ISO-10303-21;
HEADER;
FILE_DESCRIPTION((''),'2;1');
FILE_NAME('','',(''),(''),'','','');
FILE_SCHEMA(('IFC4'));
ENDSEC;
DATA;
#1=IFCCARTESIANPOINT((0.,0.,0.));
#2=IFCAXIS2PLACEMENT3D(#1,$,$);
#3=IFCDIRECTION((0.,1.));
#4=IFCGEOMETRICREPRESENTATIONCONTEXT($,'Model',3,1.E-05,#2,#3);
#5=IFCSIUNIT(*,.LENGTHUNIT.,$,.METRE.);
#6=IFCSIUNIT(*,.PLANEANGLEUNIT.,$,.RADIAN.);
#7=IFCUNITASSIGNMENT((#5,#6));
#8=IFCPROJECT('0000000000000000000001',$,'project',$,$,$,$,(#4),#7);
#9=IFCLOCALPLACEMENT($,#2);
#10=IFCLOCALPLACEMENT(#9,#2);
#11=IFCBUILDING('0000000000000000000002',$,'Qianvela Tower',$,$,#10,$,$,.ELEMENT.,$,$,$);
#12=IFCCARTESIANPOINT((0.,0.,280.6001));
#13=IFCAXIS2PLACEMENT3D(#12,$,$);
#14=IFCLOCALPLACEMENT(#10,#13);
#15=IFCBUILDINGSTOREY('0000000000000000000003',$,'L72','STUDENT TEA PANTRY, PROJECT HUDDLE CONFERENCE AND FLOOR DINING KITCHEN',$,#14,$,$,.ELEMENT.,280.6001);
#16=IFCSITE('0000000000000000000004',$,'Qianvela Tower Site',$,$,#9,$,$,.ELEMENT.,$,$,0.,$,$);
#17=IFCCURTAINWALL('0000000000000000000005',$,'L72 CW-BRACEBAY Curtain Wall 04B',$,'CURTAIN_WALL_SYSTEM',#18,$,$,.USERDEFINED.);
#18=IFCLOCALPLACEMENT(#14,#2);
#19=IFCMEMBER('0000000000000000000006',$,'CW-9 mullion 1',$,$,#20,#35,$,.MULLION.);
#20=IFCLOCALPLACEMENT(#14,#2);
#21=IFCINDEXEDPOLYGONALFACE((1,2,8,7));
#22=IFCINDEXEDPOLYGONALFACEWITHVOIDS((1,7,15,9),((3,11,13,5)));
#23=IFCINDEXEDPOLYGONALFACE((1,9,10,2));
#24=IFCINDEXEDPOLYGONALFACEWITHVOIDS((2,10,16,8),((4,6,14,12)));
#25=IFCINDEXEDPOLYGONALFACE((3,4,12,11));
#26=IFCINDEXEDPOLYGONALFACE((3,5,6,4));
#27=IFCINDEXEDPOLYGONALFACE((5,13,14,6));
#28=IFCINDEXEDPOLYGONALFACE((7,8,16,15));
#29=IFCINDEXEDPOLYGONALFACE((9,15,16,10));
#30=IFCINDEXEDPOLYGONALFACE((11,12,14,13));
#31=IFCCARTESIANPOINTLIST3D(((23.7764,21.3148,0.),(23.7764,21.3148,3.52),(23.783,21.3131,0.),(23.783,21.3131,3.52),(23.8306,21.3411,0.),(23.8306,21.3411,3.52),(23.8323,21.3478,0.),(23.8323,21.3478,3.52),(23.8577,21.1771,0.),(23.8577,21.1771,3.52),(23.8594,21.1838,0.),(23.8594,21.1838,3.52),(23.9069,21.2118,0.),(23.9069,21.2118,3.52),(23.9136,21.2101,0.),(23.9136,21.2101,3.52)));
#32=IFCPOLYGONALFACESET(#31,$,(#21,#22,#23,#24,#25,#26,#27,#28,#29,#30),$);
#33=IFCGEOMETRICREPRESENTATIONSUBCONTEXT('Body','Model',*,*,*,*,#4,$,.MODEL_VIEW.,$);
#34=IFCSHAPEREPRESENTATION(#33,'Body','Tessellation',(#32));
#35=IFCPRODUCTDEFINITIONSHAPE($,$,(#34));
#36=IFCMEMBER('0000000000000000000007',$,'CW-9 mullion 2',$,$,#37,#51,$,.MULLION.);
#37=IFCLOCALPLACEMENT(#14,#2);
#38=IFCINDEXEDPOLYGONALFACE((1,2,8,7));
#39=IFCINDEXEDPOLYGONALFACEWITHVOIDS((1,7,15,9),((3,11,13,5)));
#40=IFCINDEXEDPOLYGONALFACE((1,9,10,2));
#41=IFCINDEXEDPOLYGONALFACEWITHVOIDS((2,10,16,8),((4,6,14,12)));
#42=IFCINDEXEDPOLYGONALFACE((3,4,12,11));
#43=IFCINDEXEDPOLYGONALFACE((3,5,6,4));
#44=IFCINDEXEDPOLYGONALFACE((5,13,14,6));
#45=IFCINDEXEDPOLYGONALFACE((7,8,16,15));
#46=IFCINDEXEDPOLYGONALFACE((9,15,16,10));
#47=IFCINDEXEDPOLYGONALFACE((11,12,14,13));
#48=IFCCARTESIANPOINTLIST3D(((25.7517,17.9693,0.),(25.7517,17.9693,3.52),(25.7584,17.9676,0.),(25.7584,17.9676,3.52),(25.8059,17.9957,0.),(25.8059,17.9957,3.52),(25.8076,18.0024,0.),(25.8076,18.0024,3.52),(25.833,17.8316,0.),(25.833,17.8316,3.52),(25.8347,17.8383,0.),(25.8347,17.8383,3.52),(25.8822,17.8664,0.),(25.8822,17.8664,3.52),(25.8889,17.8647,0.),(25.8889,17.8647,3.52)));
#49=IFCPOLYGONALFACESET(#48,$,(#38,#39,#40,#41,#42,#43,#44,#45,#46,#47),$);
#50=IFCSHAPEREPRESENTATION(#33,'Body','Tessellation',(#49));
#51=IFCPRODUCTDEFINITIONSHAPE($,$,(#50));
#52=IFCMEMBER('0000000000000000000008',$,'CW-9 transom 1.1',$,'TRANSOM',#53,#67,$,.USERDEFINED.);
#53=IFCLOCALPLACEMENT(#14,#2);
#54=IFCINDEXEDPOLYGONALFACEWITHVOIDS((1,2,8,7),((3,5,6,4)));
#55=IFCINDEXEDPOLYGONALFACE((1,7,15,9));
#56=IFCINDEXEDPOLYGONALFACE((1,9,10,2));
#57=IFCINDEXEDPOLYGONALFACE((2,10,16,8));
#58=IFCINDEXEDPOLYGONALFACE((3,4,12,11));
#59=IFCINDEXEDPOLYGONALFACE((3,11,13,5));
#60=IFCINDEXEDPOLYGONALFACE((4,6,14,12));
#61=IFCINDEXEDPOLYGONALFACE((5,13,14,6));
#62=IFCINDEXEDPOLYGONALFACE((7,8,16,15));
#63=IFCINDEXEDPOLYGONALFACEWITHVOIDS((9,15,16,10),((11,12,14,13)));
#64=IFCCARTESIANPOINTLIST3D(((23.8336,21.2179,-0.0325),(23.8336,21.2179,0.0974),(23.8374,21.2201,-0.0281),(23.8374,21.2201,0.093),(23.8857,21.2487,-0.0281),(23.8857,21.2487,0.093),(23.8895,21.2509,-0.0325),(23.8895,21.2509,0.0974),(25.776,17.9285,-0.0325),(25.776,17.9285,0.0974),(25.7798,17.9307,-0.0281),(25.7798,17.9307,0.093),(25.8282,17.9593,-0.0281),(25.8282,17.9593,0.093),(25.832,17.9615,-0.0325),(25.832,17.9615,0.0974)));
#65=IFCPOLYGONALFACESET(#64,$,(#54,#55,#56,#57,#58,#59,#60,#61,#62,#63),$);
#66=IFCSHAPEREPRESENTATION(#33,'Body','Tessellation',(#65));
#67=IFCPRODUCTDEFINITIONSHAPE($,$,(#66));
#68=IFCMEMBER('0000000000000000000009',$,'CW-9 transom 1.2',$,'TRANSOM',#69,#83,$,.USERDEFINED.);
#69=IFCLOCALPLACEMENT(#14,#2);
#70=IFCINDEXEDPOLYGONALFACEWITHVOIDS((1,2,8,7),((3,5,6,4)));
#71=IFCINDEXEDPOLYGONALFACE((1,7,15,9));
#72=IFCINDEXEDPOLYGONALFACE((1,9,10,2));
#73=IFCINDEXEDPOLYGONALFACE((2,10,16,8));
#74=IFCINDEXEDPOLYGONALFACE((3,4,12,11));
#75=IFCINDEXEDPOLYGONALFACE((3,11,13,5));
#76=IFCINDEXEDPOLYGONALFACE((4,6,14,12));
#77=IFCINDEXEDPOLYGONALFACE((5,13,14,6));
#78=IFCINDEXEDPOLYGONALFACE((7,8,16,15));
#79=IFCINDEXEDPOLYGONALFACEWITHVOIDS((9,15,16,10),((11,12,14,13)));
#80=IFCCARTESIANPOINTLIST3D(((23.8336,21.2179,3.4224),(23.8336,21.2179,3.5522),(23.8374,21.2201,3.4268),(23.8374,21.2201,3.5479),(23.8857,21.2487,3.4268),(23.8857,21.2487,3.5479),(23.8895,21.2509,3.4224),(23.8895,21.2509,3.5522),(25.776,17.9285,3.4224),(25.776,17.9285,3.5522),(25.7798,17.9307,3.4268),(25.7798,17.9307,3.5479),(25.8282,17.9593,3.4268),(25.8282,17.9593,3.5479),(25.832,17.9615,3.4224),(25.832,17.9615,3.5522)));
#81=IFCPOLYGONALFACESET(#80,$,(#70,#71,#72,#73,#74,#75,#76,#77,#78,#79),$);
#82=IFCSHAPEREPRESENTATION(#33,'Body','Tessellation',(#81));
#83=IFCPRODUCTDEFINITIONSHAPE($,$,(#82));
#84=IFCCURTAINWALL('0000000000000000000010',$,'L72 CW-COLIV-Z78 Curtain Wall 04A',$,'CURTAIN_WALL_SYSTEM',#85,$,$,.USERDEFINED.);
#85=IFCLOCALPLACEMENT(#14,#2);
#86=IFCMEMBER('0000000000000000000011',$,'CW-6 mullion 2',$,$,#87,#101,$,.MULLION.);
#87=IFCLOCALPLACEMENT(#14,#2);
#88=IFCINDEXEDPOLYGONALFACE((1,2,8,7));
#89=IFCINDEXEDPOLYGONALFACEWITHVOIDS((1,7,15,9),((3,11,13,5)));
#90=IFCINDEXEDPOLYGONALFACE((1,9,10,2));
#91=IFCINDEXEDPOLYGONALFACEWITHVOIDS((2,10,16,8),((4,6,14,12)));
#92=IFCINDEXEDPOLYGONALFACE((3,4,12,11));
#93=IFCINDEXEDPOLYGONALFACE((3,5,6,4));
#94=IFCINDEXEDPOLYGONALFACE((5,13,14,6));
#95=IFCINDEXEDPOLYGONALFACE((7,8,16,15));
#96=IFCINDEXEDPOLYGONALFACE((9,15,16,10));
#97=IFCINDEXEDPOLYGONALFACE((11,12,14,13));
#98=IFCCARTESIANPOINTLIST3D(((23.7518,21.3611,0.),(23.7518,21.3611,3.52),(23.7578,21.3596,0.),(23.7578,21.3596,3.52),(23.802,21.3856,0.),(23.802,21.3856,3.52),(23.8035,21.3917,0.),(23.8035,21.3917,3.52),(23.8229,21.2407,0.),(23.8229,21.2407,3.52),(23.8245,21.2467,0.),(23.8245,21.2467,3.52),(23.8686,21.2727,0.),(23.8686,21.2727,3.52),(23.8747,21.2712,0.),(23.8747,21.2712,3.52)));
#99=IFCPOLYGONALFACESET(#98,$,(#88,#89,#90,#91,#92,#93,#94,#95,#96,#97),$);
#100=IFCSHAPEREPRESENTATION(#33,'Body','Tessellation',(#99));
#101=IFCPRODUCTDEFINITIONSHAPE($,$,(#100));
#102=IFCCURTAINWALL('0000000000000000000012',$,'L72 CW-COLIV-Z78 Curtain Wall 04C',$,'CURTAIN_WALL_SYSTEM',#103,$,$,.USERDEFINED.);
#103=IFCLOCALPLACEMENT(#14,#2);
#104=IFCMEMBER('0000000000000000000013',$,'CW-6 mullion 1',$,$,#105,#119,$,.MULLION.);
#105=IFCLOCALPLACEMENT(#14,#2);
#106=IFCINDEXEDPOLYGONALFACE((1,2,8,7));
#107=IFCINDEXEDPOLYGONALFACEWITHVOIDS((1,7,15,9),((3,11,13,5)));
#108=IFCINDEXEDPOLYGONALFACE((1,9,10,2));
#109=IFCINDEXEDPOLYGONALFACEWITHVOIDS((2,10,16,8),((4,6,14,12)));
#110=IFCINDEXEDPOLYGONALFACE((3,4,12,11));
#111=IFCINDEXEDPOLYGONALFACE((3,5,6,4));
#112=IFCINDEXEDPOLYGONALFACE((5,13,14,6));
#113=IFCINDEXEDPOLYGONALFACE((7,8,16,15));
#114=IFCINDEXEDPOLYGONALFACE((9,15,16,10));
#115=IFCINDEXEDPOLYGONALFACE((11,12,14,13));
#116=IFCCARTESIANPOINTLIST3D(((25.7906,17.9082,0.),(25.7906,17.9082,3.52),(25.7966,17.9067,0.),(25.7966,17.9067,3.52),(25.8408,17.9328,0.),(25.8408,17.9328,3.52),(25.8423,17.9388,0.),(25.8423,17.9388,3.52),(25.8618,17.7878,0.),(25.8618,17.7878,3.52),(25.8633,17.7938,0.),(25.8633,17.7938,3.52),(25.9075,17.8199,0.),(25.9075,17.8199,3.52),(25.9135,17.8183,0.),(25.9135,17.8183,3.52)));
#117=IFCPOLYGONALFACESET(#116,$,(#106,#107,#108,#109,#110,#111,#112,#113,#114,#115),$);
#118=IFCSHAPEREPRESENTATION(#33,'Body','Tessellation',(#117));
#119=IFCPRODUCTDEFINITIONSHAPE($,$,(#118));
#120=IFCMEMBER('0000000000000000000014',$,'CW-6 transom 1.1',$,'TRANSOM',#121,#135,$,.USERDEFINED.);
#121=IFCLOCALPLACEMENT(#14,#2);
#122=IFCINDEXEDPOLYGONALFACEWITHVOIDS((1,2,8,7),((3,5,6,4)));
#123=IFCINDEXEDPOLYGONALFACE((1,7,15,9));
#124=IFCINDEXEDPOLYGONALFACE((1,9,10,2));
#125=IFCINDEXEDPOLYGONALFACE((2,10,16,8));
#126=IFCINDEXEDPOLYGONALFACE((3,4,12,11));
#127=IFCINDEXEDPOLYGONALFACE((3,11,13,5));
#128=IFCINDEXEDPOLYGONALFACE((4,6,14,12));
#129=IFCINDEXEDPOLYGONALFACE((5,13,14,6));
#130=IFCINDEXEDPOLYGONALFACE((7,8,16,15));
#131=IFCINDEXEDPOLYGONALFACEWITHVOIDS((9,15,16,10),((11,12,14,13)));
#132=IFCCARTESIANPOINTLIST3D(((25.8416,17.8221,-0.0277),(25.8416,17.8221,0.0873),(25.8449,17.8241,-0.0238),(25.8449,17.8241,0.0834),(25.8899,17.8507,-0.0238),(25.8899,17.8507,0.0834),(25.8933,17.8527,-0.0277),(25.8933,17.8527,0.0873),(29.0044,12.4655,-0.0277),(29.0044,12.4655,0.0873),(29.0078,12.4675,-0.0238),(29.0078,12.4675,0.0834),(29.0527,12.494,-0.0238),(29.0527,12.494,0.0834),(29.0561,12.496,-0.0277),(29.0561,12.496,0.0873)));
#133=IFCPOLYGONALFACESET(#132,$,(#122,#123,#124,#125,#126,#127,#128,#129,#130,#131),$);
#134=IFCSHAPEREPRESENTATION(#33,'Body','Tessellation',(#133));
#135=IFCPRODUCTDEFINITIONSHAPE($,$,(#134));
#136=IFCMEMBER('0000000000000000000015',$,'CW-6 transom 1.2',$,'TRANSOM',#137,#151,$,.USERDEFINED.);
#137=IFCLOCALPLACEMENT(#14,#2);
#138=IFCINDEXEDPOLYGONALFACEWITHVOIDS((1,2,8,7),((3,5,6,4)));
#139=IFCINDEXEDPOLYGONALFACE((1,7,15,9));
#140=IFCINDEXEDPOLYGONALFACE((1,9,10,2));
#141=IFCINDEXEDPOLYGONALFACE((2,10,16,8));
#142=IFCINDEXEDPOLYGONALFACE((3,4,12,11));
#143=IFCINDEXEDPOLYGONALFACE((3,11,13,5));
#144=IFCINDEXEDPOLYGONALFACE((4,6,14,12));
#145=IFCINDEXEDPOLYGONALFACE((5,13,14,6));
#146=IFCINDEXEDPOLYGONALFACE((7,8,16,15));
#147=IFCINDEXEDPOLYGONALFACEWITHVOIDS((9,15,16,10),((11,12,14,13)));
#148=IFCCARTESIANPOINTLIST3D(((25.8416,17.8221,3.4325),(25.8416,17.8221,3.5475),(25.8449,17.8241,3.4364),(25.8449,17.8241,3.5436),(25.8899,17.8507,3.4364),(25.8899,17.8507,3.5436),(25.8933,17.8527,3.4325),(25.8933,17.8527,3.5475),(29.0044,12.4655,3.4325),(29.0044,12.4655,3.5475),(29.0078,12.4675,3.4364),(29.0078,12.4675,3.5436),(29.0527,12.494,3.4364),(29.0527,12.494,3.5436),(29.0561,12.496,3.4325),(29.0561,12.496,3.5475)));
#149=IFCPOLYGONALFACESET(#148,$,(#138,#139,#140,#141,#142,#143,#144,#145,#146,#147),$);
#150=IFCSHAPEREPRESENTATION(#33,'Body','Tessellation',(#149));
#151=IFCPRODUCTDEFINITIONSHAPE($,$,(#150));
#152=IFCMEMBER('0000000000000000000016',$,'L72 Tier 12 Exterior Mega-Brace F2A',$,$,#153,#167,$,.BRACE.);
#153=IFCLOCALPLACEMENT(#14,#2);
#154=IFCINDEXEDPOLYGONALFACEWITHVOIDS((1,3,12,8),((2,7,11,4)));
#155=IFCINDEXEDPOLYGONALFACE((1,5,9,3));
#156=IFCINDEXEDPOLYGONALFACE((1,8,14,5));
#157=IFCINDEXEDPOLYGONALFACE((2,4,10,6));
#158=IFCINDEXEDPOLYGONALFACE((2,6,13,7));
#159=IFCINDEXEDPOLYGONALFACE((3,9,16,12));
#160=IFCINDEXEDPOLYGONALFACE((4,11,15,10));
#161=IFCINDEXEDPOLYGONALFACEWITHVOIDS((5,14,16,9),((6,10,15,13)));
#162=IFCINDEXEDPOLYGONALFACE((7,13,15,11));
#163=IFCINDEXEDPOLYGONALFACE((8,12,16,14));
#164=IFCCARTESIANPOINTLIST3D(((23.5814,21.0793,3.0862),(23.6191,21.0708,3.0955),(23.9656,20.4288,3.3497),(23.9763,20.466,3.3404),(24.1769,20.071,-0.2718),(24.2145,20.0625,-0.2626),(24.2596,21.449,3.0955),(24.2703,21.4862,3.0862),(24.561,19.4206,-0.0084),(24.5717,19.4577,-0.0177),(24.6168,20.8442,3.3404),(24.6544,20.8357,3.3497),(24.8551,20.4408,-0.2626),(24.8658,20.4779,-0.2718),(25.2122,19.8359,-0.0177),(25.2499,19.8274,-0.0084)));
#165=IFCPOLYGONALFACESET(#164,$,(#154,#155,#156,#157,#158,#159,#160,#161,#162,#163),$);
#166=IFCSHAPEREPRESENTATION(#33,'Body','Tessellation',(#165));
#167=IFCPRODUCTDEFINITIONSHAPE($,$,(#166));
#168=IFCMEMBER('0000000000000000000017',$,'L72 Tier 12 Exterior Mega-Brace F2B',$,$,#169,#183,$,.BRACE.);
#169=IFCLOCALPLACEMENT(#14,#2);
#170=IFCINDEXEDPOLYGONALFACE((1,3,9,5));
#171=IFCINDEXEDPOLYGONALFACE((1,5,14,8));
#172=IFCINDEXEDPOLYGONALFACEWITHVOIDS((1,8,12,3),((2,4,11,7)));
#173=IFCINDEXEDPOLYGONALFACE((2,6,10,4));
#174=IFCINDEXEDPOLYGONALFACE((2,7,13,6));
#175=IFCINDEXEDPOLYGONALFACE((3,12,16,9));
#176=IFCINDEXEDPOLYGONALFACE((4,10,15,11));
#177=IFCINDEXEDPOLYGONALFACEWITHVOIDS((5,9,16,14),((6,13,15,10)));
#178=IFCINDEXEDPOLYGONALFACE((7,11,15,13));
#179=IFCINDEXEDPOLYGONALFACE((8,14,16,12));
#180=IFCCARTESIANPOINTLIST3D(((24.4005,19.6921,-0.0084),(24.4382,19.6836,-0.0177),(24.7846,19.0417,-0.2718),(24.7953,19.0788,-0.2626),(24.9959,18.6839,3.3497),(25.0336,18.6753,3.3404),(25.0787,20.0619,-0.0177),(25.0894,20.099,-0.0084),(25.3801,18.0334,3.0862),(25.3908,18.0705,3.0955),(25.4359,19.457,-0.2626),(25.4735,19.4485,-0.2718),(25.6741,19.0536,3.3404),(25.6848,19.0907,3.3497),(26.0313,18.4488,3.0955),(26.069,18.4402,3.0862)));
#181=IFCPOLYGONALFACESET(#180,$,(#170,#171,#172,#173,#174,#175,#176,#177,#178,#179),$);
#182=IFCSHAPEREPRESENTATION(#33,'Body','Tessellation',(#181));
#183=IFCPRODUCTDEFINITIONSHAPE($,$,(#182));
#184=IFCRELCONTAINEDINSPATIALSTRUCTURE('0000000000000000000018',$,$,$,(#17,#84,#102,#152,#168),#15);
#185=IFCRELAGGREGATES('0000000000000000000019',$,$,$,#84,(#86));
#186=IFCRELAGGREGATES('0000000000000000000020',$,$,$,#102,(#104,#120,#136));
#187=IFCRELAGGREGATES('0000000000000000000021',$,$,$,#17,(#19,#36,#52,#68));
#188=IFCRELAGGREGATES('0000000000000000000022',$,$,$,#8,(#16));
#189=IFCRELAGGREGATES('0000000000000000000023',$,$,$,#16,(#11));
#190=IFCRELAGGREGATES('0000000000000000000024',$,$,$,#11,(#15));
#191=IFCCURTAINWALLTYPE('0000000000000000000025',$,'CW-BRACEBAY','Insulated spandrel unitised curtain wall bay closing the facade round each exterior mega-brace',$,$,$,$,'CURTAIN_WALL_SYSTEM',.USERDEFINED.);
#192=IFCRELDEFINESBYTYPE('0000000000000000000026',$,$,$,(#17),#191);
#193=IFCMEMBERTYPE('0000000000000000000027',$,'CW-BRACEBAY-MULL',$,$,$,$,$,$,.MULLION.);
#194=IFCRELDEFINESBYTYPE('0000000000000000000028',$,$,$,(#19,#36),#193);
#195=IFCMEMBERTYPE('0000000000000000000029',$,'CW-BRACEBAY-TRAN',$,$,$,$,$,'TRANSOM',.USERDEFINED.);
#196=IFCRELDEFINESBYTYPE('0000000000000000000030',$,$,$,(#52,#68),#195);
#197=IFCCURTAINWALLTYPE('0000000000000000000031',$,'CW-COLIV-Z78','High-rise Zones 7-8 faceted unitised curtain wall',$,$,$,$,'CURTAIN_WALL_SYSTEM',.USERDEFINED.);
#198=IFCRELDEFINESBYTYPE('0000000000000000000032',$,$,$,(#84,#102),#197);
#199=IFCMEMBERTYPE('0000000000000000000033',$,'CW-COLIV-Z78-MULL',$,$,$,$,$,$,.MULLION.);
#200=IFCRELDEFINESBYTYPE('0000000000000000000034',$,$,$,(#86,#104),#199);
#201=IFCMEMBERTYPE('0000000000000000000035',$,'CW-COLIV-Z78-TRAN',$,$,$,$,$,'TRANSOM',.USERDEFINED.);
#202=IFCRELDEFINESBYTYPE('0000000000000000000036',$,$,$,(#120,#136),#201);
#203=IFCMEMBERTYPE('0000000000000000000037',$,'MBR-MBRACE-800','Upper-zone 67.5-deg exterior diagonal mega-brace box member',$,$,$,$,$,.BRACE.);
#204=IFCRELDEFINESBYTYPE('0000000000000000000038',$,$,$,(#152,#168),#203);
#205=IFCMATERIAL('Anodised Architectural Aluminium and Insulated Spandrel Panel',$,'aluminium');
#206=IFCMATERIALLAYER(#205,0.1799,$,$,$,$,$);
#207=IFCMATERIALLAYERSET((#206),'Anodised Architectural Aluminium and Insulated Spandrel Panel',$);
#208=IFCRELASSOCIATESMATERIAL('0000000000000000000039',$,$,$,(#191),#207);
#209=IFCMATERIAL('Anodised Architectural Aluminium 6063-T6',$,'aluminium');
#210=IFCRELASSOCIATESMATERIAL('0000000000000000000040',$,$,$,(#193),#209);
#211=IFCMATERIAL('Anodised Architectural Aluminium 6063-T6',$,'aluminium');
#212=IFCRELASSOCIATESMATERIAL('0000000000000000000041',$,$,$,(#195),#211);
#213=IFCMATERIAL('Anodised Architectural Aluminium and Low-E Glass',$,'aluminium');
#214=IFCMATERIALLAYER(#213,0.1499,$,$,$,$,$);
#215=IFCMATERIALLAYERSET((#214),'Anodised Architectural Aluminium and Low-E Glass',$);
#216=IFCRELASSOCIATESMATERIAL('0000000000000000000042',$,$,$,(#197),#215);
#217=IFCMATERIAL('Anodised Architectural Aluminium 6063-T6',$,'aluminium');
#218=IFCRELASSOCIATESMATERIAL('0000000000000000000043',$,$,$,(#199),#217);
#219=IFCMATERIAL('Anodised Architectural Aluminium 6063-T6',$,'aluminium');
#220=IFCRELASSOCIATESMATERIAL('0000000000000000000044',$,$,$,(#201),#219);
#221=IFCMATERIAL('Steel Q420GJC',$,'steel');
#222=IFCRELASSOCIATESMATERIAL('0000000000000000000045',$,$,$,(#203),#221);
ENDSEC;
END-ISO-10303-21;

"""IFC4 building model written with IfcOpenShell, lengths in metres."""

from ifc_helpers import new_model, si_unit, direction, frame, origin, origin_2d, place, context, subcontext, project, spatial, hollow_rectangle, extrude, material, layer, layer_set, material_profile, profile_set, type_object, element, aggregate, save


model = new_model("IFC4")

# Units and contexts
model_context = context("Model", 3, precision=1e-05, world=origin(), true_north=direction((0.0, 1.0)))
body_context = subcontext(model_context, "Body", "Model", "MODEL_VIEW")
ifc_project = project(units=[si_unit("LENGTHUNIT", "METRE"), si_unit("PLANEANGLEUNIT", "RADIAN")], contexts=[model_context])

# Site, building, storey
site_placement = place(None, origin())
site = spatial("IfcSite", under=ifc_project, at=site_placement, Name="Qianvela Tower Site", CompositionType="ELEMENT", RefElevation=0.0)
building_placement = place(site_placement, origin())
building = spatial("IfcBuilding", under=site, at=building_placement, Name="Qianvela Tower", CompositionType="ELEMENT")
storey_placement = place(building_placement, frame((0.0, 0.0, 280.6001)))
storey = spatial("IfcBuildingStorey", under=building, at=storey_placement, Name="L72", Description="STUDENT TEA PANTRY, PROJECT HUDDLE CONFERENCE AND FLOOR DINING KITCHEN", CompositionType="ELEMENT", Elevation=280.6001)

# Curtain wall, members
ifc_material_1 = material(Name="Anodised Architectural Aluminium and Insulated Spandrel Panel", Category="aluminium")
ifc_layer_1 = layer(ifc_material_1, 0.1799)
ifc_layer_set_1 = layer_set([ifc_layer_1], Name="Anodised Architectural Aluminium and Insulated Spandrel Panel")
curtain_wall_type_1 = type_object("IfcCurtainWallType", Name="CW-BRACEBAY", Description="Insulated spandrel unitised curtain wall bay closing the facade round each exterior mega-brace", ElementType="CURTAIN_WALL_SYSTEM", PredefinedType="USERDEFINED", material=ifc_layer_set_1)
curtain_wall_1_placement = place(storey_placement, origin())
curtain_wall_1 = element("IfcCurtainWall", 1, at=curtain_wall_1_placement, inside=storey, type_object=curtain_wall_type_1, Name="L72 CW-BRACEBAY Curtain Wall 04B", ObjectType="CURTAIN_WALL_SYSTEM", PredefinedType="USERDEFINED")
ifc_material_2 = material(Name="Anodised Architectural Aluminium 6063-T6", Category="aluminium")
ifc_material_profile_1 = material_profile(ifc_material_2, hollow_rectangle(XDim=0.0649, YDim=0.1599, WallThickness=0.0049, at=origin_2d()), Name="ALU-MULL-65x160")
ifc_profile_set_1 = profile_set([ifc_material_profile_1], Name="Anodised Architectural Aluminium 6063-T6")
member_type_1 = type_object("IfcMemberType", Name="CW-BRACEBAY-MULL", PredefinedType="MULLION", material=ifc_profile_set_1)
member_1_placement = place(storey_placement, frame((23.845, 21.2625, 0.0), z_axis=(0.0, 0.0, 1.0), x_axis=(0.861088, 0.508455, 0.0)))
member_1 = element("IfcMember", 2, at=member_1_placement, type_object=member_type_1, Name="CW-9 mullion 1", PredefinedType="MULLION", context=body_context, shape_type="SweptSolid", body=[
    extrude(hollow_rectangle(XDim=0.0649, YDim=0.1599, WallThickness=0.0049, at=origin_2d()), origin(), (0.0, 0.0, 1.0), 3.52),
])
member_2_placement = place(storey_placement, frame((25.8203, 17.917, 0.0), z_axis=(0.0, 0.0, 1.0), x_axis=(0.861088, 0.508455, 0.0)))
member_2 = element("IfcMember", 3, at=member_2_placement, type_object=member_type_1, Name="CW-9 mullion 2", PredefinedType="MULLION", context=body_context, shape_type="SweptSolid", body=[
    extrude(hollow_rectangle(XDim=0.0649, YDim=0.1599, WallThickness=0.0049, at=origin_2d()), origin(), (0.0, 0.0, 1.0), 3.52),
])
ifc_material_3 = material(Name="Anodised Architectural Aluminium 6063-T6", Category="aluminium")
ifc_material_profile_2 = material_profile(ifc_material_3, hollow_rectangle(XDim=0.0649, YDim=0.1299, WallThickness=0.0044, at=origin_2d()), Name="ALU-TRAN-65x130")
ifc_profile_set_2 = profile_set([ifc_material_profile_2], Name="Anodised Architectural Aluminium 6063-T6")
member_type_2 = type_object("IfcMemberType", Name="CW-BRACEBAY-TRAN", ElementType="TRANSOM", PredefinedType="USERDEFINED", material=ifc_profile_set_2)
member_3_placement = place(storey_placement, frame((23.8616, 21.2344, 0.0325), z_axis=(0.508477, -0.861075, 0.0), x_axis=(0.861075, 0.508477, 0.0)))
member_3 = element("IfcMember", 4, at=member_3_placement, type_object=member_type_2, Name="CW-9 transom 1.1", ObjectType="TRANSOM", PredefinedType="USERDEFINED", context=body_context, shape_type="SweptSolid", body=[
    extrude(hollow_rectangle(XDim=0.0649, YDim=0.1299, WallThickness=0.0044, at=origin_2d()), origin(), (0.0, 0.0, 1.0), 3.8201),
])
member_4_placement = place(storey_placement, frame((23.8616, 21.2344, 3.4873), z_axis=(0.508477, -0.861075, 0.0), x_axis=(0.861075, 0.508477, 0.0)))
member_4 = element("IfcMember", 5, at=member_4_placement, type_object=member_type_2, Name="CW-9 transom 1.2", ObjectType="TRANSOM", PredefinedType="USERDEFINED", context=body_context, shape_type="SweptSolid", body=[
    extrude(hollow_rectangle(XDim=0.0649, YDim=0.1299, WallThickness=0.0044, at=origin_2d()), origin(), (0.0, 0.0, 1.0), 3.8201),
])

# Curtain wall, member
ifc_material_4 = material(Name="Anodised Architectural Aluminium and Low-E Glass", Category="aluminium")
ifc_layer_2 = layer(ifc_material_4, 0.1499)
ifc_layer_set_2 = layer_set([ifc_layer_2], Name="Anodised Architectural Aluminium and Low-E Glass")
curtain_wall_type_2 = type_object("IfcCurtainWallType", Name="CW-COLIV-Z78", Description="High-rise Zones 7-8 faceted unitised curtain wall", ElementType="CURTAIN_WALL_SYSTEM", PredefinedType="USERDEFINED", material=ifc_layer_set_2)
curtain_wall_2_placement = place(storey_placement, origin())
curtain_wall_2 = element("IfcCurtainWall", 6, at=curtain_wall_2_placement, inside=storey, type_object=curtain_wall_type_2, Name="L72 CW-COLIV-Z78 Curtain Wall 04A", ObjectType="CURTAIN_WALL_SYSTEM", PredefinedType="USERDEFINED")
ifc_material_5 = material(Name="Anodised Architectural Aluminium 6063-T6", Category="aluminium")
ifc_material_profile_3 = material_profile(ifc_material_5, hollow_rectangle(XDim=0.0601, YDim=0.1399, WallThickness=0.0044, at=origin_2d()), Name="ALU-MULL-60x140")
ifc_profile_set_3 = profile_set([ifc_material_profile_3], Name="Anodised Architectural Aluminium 6063-T6")
member_type_3 = type_object("IfcMemberType", Name="CW-COLIV-Z78-MULL", PredefinedType="MULLION", material=ifc_profile_set_3)
member_5_placement = place(storey_placement, frame((23.8132, 21.3162, 0.0), z_axis=(0.0, 0.0, 1.0), x_axis=(0.861096, 0.508442, 0.0)))
member_5 = element("IfcMember", 7, at=member_5_placement, type_object=member_type_3, Name="CW-6 mullion 2", PredefinedType="MULLION", context=body_context, shape_type="SweptSolid", body=[
    extrude(hollow_rectangle(XDim=0.0601, YDim=0.1399, WallThickness=0.0044, at=origin_2d()), origin(), (0.0, 0.0, 1.0), 3.52),
])
aggregate(curtain_wall_2, [member_5])

# Curtain wall, members
curtain_wall_3_placement = place(storey_placement, origin())
curtain_wall_3 = element("IfcCurtainWall", 8, at=curtain_wall_3_placement, inside=storey, type_object=curtain_wall_type_2, Name="L72 CW-COLIV-Z78 Curtain Wall 04C", ObjectType="CURTAIN_WALL_SYSTEM", PredefinedType="USERDEFINED")
member_6_placement = place(storey_placement, frame((25.8521, 17.8633, 0.0), z_axis=(0.0, 0.0, 1.0), x_axis=(0.861097, 0.50844, 0.0)))
member_6 = element("IfcMember", 9, at=member_6_placement, type_object=member_type_3, Name="CW-6 mullion 1", PredefinedType="MULLION", context=body_context, shape_type="SweptSolid", body=[
    extrude(hollow_rectangle(XDim=0.0601, YDim=0.1399, WallThickness=0.0044, at=origin_2d()), origin(), (0.0, 0.0, 1.0), 3.52),
])
ifc_material_6 = material(Name="Anodised Architectural Aluminium 6063-T6", Category="aluminium")
ifc_material_profile_4 = material_profile(ifc_material_6, hollow_rectangle(XDim=0.0601, YDim=0.115, WallThickness=0.0039, at=origin_2d()), Name="ALU-TRAN-60x115")
ifc_profile_set_4 = profile_set([ifc_material_profile_4], Name="Anodised Architectural Aluminium 6063-T6")
member_type_4 = type_object("IfcMemberType", Name="CW-COLIV-Z78-TRAN", ElementType="TRANSOM", PredefinedType="USERDEFINED", material=ifc_profile_set_4)
member_7_placement = place(storey_placement, frame((25.8674, 17.8374, 0.0298), z_axis=(0.508434, -0.861101, 0.0), x_axis=(0.861101, 0.508434, 0.0)))
member_7 = element("IfcMember", 10, at=member_7_placement, type_object=member_type_4, Name="CW-6 transom 1.1", ObjectType="TRANSOM", PredefinedType="USERDEFINED", context=body_context, shape_type="SweptSolid", body=[
    extrude(hollow_rectangle(XDim=0.0601, YDim=0.115, WallThickness=0.0039, at=origin_2d()), origin(), (0.0, 0.0, 1.0), 6.2207),
])
member_8_placement = place(storey_placement, frame((25.8674, 17.8374, 3.49), z_axis=(0.508434, -0.861101, 0.0), x_axis=(0.861101, 0.508434, 0.0)))
member_8 = element("IfcMember", 11, at=member_8_placement, type_object=member_type_4, Name="CW-6 transom 1.2", ObjectType="TRANSOM", PredefinedType="USERDEFINED", context=body_context, shape_type="SweptSolid", body=[
    extrude(hollow_rectangle(XDim=0.0601, YDim=0.115, WallThickness=0.0039, at=origin_2d()), origin(), (0.0, 0.0, 1.0), 6.2207),
])
aggregate(curtain_wall_3, [member_6, member_7, member_8])

# Members
ifc_material_7 = material(Name="Steel Q420GJC", Category="steel")
ifc_material_profile_5 = material_profile(ifc_material_7, hollow_rectangle(XDim=0.8, YDim=0.8, WallThickness=0.0281, at=origin_2d()), Name="MBOX-800x800x28")
ifc_profile_set_5 = profile_set([ifc_material_profile_5], Name="Steel Q420GJC")
member_type_5 = type_object("IfcMemberType", Name="MBR-MBRACE-800", Description="Upper-zone 67.5-deg exterior diagonal mega-brace box member", PredefinedType="BRACE", material=ifc_profile_set_5)
for number, where, z_axis, x_axis, name in (
    (12, (24.7134, 19.9492, -0.1401), (-0.16743, 0.283512, 0.944239), (-0.861059, -0.508505, 0.0), "L72 Tier 12 Exterior Mega-Brace F2A"),
    (13, (24.937, 19.5703, -0.1401), (0.16743, -0.283512, 0.944239), (0.861059, 0.508505, 0.0), "L72 Tier 12 Exterior Mega-Brace F2B"),
):
    element("IfcMember", number, at=place(storey_placement, frame(where, z_axis=z_axis, x_axis=x_axis)), inside=storey, type_object=member_type_5, Name=name, PredefinedType="BRACE", context=body_context, shape_type="SweptSolid", body=[
        extrude(hollow_rectangle(XDim=0.8, YDim=0.8, WallThickness=0.0281, at=origin_2d()), origin(), (0.0, 0.0, 1.0), 3.5564),
    ])

aggregate(curtain_wall_1, [member_1, member_2, member_3, member_4])

save(model, "model.ifc")
